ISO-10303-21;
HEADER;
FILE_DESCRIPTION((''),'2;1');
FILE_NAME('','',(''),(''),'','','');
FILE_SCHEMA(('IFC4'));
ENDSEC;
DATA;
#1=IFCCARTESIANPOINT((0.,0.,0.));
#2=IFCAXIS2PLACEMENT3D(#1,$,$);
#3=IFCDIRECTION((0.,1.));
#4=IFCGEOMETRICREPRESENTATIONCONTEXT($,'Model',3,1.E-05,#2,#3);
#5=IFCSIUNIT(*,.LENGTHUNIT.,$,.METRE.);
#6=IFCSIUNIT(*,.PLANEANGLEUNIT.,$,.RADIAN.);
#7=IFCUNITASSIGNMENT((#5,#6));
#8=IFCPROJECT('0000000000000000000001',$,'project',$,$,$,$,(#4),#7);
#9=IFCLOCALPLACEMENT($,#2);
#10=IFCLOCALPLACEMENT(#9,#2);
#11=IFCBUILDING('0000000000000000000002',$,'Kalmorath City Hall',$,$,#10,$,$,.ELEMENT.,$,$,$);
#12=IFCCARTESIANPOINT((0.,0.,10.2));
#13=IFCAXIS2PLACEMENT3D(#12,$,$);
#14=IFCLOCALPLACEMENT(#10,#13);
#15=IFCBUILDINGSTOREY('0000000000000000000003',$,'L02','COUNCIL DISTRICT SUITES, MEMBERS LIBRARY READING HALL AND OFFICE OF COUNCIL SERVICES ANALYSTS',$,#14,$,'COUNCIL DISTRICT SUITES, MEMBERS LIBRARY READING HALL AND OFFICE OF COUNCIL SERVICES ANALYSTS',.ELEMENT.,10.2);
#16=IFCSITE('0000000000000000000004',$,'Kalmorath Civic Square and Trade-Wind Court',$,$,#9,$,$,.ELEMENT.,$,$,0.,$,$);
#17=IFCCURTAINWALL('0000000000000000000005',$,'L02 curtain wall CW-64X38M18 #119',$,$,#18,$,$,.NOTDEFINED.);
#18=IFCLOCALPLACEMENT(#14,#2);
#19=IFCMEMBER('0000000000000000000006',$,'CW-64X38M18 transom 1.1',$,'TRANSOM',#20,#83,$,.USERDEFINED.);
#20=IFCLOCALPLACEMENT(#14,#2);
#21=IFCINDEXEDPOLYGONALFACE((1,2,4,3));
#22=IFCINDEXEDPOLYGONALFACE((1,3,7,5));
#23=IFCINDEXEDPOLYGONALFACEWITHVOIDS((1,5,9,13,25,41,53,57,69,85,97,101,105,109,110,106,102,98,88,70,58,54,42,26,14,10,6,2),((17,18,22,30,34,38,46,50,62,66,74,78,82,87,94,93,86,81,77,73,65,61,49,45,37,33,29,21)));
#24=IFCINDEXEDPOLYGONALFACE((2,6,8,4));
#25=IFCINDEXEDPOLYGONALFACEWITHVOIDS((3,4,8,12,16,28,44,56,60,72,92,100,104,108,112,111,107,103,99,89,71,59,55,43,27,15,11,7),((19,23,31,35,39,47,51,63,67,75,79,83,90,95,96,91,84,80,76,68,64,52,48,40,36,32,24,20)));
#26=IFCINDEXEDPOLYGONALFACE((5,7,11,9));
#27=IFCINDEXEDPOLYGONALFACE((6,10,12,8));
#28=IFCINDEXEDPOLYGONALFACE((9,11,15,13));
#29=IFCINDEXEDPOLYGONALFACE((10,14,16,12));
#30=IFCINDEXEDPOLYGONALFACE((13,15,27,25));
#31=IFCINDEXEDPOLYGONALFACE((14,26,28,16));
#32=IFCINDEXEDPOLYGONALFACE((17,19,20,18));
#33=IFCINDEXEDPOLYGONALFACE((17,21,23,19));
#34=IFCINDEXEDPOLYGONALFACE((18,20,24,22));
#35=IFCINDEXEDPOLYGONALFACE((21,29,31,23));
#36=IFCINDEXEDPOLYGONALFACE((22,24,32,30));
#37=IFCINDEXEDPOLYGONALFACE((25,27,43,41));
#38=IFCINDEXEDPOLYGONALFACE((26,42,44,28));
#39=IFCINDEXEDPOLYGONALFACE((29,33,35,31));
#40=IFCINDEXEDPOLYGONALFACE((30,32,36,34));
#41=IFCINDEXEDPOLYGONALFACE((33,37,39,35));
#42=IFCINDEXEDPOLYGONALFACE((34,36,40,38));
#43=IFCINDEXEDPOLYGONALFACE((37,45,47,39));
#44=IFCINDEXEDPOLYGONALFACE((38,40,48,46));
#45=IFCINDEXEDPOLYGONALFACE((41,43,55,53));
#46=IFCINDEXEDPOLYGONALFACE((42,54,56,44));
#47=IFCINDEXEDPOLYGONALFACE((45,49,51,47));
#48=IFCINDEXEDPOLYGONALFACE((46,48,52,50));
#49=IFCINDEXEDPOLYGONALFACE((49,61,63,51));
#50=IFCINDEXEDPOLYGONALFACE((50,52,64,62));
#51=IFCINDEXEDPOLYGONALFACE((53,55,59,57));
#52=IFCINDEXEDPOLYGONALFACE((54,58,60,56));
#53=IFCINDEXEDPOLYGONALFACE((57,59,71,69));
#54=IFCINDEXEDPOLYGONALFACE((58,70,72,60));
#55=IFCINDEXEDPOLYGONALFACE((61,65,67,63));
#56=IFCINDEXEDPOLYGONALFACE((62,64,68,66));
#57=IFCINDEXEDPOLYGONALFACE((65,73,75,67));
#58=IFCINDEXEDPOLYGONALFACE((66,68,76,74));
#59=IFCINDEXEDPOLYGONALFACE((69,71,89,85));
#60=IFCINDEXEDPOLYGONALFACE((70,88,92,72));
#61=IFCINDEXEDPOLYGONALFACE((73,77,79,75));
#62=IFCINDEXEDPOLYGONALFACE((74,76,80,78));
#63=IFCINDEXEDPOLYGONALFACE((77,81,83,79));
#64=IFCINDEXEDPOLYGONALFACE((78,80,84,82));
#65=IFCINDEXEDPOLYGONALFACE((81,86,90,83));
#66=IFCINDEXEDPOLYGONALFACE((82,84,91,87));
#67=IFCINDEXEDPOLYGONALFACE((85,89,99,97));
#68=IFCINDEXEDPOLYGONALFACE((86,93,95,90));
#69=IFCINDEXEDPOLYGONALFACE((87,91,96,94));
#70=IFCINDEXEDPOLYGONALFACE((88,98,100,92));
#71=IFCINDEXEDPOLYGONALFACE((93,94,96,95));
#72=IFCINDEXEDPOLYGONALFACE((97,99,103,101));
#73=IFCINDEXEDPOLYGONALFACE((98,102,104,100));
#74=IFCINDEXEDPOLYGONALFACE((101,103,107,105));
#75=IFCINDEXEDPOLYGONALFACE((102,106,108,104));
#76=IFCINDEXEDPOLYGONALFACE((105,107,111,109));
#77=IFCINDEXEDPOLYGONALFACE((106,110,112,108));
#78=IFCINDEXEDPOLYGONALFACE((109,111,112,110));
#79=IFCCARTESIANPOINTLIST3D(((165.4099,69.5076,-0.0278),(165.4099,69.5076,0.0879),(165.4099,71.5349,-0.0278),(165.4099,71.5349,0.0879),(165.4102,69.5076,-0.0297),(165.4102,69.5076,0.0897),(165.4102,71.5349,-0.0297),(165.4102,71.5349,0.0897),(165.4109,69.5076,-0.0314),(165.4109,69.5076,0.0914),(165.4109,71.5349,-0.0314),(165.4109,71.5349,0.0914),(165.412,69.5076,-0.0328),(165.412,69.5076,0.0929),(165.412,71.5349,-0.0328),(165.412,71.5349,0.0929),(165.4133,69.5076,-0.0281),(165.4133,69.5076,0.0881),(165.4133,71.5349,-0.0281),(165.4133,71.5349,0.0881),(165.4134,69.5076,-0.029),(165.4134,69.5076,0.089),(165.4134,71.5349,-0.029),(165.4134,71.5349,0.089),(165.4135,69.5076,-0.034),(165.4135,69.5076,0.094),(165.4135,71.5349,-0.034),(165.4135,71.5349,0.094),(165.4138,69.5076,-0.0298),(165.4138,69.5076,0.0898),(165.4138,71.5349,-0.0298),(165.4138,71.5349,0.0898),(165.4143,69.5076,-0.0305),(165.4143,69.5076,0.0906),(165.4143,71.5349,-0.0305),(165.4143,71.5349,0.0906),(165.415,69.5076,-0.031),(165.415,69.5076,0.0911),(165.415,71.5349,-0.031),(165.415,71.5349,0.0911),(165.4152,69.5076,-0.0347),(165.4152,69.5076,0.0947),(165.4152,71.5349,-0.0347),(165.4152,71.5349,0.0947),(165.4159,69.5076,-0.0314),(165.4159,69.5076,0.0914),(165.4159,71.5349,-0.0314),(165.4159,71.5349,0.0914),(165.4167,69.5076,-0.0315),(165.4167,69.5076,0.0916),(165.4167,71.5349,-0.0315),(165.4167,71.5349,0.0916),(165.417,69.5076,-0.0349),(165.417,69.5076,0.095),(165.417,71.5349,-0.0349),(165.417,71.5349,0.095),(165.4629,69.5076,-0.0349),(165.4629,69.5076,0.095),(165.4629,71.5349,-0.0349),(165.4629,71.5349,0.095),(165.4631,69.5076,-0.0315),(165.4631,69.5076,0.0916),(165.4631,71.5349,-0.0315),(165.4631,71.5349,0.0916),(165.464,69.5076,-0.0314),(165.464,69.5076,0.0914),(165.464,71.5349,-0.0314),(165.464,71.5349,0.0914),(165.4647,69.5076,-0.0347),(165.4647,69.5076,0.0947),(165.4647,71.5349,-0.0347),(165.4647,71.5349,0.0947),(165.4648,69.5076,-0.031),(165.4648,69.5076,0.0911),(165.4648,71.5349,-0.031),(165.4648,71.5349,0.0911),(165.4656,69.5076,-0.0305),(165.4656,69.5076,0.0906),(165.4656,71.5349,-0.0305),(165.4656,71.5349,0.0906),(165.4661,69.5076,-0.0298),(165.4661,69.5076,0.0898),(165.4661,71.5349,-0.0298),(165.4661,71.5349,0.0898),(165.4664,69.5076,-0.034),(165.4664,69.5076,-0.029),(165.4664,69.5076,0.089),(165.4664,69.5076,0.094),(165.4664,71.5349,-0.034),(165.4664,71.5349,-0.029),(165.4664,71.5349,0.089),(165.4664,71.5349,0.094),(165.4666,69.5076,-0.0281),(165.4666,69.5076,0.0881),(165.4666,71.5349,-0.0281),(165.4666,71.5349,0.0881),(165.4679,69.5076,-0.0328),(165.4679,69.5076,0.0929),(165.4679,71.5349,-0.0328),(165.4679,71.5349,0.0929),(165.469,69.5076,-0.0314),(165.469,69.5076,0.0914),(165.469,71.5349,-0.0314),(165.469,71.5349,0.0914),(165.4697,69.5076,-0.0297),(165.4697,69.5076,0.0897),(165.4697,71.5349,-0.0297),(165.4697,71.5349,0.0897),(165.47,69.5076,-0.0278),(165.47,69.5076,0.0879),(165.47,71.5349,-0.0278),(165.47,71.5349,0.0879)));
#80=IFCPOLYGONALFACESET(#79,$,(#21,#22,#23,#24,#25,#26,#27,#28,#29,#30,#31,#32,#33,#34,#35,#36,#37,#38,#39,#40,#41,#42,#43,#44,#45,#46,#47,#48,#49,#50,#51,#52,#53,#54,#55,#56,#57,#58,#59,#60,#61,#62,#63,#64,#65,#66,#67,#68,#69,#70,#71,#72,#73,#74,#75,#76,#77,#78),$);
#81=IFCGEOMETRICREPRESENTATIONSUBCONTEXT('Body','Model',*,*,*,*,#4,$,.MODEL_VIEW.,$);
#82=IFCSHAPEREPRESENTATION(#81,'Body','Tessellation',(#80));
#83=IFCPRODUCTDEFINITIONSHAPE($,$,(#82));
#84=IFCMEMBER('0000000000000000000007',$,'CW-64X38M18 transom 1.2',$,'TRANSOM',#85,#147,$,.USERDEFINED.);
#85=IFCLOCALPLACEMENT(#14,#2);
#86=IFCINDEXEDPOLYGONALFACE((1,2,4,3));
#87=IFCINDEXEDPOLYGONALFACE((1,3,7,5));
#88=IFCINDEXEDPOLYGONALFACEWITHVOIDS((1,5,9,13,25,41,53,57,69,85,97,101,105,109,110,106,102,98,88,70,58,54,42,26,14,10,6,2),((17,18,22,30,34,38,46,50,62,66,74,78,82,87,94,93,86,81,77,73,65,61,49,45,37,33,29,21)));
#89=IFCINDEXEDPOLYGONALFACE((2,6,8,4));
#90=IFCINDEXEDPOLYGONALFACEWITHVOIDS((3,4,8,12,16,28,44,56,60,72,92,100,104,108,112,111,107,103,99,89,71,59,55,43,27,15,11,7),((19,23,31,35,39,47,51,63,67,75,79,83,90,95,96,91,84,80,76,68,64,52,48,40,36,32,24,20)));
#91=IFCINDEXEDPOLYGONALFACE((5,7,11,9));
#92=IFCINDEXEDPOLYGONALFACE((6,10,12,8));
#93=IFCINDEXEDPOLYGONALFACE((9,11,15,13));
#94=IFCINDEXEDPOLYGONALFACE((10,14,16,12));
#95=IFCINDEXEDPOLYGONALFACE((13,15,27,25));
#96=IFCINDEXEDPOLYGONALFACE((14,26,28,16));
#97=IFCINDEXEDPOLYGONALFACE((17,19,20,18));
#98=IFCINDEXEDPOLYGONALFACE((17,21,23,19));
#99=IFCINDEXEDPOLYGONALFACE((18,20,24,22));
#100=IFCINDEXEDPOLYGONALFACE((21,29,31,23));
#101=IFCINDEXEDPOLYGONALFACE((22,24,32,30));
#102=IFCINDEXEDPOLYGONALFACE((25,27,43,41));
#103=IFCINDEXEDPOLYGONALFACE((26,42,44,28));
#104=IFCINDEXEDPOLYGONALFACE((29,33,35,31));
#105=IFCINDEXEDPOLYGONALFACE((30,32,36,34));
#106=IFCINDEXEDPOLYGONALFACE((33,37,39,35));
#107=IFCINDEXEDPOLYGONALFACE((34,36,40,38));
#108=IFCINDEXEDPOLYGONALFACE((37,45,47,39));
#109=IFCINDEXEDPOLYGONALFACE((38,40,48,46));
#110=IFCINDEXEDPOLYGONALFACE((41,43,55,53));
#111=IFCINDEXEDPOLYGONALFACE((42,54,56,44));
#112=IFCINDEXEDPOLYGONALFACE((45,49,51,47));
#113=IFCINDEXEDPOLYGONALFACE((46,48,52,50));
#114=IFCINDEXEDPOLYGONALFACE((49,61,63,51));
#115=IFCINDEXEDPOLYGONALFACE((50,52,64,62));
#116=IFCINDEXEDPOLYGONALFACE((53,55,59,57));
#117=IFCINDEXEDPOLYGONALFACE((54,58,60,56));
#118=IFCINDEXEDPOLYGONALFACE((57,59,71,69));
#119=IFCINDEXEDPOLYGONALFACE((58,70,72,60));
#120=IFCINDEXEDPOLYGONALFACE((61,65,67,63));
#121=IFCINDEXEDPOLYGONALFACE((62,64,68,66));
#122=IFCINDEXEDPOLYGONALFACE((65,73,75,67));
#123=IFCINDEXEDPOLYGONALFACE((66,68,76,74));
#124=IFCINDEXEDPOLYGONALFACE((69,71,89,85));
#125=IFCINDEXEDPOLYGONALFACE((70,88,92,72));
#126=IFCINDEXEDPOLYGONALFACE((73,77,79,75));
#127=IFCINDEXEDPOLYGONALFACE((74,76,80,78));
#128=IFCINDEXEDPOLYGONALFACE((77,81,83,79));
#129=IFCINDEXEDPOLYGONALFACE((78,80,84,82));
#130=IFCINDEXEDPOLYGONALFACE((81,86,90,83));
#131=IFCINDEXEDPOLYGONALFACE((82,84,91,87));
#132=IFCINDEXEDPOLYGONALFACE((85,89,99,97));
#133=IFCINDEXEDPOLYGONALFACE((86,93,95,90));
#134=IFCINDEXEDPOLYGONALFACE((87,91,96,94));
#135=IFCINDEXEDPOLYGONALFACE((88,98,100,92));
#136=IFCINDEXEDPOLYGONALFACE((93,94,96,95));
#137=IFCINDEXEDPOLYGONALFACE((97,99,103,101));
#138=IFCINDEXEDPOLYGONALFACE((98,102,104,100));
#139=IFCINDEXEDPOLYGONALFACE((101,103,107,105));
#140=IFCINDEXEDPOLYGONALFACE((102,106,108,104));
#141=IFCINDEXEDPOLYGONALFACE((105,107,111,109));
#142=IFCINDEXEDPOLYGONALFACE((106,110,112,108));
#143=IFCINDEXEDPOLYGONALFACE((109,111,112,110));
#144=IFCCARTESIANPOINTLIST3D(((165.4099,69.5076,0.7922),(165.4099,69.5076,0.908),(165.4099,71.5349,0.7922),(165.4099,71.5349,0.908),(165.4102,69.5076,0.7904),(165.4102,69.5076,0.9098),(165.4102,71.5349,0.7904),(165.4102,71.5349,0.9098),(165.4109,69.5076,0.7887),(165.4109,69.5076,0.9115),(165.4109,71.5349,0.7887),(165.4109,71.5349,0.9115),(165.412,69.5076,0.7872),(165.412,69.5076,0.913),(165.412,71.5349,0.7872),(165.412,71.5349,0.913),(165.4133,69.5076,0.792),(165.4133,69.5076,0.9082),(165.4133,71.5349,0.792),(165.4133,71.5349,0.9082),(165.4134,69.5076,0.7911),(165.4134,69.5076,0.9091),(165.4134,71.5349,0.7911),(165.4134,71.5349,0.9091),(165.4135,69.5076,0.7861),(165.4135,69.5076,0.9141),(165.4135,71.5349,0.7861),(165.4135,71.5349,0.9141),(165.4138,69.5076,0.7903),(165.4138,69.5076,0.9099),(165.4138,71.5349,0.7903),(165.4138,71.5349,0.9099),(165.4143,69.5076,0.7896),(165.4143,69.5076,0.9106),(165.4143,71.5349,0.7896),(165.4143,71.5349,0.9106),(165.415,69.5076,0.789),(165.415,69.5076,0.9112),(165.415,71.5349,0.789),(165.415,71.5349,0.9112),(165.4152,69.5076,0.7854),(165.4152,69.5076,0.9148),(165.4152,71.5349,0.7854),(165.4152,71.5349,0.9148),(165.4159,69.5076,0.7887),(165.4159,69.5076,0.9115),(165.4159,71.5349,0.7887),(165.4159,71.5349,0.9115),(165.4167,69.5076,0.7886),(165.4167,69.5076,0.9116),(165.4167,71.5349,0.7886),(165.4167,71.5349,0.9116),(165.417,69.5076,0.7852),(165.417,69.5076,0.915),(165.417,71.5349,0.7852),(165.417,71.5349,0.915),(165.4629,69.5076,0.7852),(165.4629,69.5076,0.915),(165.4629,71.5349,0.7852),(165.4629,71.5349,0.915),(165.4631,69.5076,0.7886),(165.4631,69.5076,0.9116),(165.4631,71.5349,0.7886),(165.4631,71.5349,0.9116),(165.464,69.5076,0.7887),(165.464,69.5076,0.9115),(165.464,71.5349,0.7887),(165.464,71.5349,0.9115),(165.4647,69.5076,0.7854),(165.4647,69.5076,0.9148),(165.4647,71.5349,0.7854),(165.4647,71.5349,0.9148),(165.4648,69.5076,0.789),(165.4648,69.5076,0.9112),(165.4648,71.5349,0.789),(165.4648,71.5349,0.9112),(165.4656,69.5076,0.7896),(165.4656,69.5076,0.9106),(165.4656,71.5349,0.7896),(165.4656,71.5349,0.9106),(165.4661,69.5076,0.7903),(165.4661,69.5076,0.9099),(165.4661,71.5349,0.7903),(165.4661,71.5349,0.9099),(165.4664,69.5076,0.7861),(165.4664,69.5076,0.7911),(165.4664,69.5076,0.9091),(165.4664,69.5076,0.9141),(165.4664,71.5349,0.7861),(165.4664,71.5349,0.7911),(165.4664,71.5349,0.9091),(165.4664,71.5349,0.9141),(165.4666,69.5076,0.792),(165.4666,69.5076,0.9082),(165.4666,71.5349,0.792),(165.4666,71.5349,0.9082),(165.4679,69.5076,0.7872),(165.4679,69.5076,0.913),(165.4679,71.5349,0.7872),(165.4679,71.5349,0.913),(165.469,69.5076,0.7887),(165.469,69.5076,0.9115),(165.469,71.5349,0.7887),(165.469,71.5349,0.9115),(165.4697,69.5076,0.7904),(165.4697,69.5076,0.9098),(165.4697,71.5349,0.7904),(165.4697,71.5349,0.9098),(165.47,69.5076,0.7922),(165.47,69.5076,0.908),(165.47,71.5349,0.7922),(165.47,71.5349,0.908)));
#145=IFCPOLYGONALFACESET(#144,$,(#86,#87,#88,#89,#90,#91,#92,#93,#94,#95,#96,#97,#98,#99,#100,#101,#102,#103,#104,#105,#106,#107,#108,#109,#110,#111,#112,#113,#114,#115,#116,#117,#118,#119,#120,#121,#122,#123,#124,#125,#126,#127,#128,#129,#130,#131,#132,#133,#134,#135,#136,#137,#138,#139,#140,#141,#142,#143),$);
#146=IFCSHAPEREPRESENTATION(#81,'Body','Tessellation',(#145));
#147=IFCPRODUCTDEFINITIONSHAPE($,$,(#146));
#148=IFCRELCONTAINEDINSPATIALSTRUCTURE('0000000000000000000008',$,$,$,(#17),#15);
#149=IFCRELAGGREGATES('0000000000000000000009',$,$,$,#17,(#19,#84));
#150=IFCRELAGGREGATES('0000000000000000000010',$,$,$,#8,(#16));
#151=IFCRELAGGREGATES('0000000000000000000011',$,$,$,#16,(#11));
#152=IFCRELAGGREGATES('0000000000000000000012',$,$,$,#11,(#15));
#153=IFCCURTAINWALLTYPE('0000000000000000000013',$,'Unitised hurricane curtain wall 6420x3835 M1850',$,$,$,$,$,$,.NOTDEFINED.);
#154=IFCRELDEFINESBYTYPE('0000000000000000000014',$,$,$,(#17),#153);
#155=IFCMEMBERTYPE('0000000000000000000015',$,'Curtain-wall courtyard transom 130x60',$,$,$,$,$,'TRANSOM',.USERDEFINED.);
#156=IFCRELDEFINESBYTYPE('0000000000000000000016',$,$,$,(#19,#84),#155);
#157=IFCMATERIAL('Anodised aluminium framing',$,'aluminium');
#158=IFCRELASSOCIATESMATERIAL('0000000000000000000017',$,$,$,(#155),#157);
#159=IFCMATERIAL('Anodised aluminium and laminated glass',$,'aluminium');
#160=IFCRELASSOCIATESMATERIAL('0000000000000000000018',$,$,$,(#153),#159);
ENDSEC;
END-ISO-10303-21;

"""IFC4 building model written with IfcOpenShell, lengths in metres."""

from ifc_helpers import new_model, si_unit, direction, frame, origin, origin_2d, place, context, subcontext, project, spatial, hollow_rectangle, extrude, material, material_profile, profile_set, type_object, element, aggregate, save


model = new_model("IFC4")

# Units and contexts
model_context = context("Model", 3, precision=1e-05, world=origin(), true_north=direction((0.0, 1.0)))
body_context = subcontext(model_context, "Body", "Model", "MODEL_VIEW")
ifc_project = project(units=[si_unit("LENGTHUNIT", "METRE"), si_unit("PLANEANGLEUNIT", "RADIAN")], contexts=[model_context])

# Site, building, storey
site_placement = place(None, origin())
site = spatial("IfcSite", under=ifc_project, at=site_placement, Name="Kalmorath Civic Square and Trade-Wind Court", CompositionType="ELEMENT", RefElevation=0.0)
building_placement = place(site_placement, origin())
building = spatial("IfcBuilding", under=site, at=building_placement, Name="Kalmorath City Hall", CompositionType="ELEMENT")
storey_placement = place(building_placement, frame((0.0, 0.0, 10.2)))
storey = spatial("IfcBuildingStorey", under=building, at=storey_placement, Name="L02", Description="COUNCIL DISTRICT SUITES, MEMBERS LIBRARY READING HALL AND OFFICE OF COUNCIL SERVICES ANALYSTS", LongName="COUNCIL DISTRICT SUITES, MEMBERS LIBRARY READING HALL AND OFFICE OF COUNCIL SERVICES ANALYSTS", CompositionType="ELEMENT", Elevation=10.2)

# Curtain wall, members
ifc_material_1 = material(Name="Anodised aluminium framing", Category="aluminium")
ifc_material_profile_1 = material_profile(ifc_material_1, hollow_rectangle(XDim=0.0601, YDim=0.1299, WallThickness=0.0034, InnerFilletRadius=0.0034, OuterFilletRadius=0.0071, at=origin_2d()), Name="ALU-TRN-130X60X3.5")
ifc_profile_set_1 = profile_set([ifc_material_profile_1], Name="Anodised aluminium framing")
member_type_1 = type_object("IfcMemberType", Name="Curtain-wall courtyard transom 130x60", ElementType="TRANSOM", PredefinedType="USERDEFINED", material=ifc_profile_set_1)
ifc_material_2 = material(Name="Anodised aluminium and laminated glass", Category="aluminium")
curtain_wall_type_1 = type_object("IfcCurtainWallType", Name="Unitised hurricane curtain wall 6420x3835 M1850", PredefinedType="NOTDEFINED", material=ifc_material_2)
curtain_wall_1_placement = place(storey_placement, origin())
curtain_wall_1 = element("IfcCurtainWall", 1, at=curtain_wall_1_placement, inside=storey, type_object=curtain_wall_type_1, Name="L02 curtain wall CW-64X38M18 #119", PredefinedType="NOTDEFINED")
member_1_placement = place(storey_placement, frame((165.4399, 71.5349, 0.03), z_axis=(0.0, -1.0, 0.0), x_axis=(1.0, 0.0, 0.0)))
member_1 = element("IfcMember", 2, at=member_1_placement, type_object=member_type_1, Name="CW-64X38M18 transom 1.1", ObjectType="TRANSOM", PredefinedType="USERDEFINED", context=body_context, shape_type="SweptSolid", body=[
    extrude(hollow_rectangle(XDim=0.0601, YDim=0.1299, WallThickness=0.0034, InnerFilletRadius=0.0034, OuterFilletRadius=0.0071, at=origin_2d()), origin(), (0.0, 0.0, 1.0), 2.0273),
])
member_2_placement = place(storey_placement, frame((165.4399, 71.5349, 0.8501), z_axis=(0.0, -1.0, 0.0), x_axis=(1.0, 0.0, 0.0)))
member_2 = element("IfcMember", 3, at=member_2_placement, type_object=member_type_1, Name="CW-64X38M18 transom 1.2", ObjectType="TRANSOM", PredefinedType="USERDEFINED", context=body_context, shape_type="SweptSolid", body=[
    extrude(hollow_rectangle(XDim=0.0601, YDim=0.1299, WallThickness=0.0034, InnerFilletRadius=0.0034, OuterFilletRadius=0.0071, at=origin_2d()), origin(), (0.0, 0.0, 1.0), 2.0273),
])

aggregate(curtain_wall_1, [member_1, member_2])

save(model, "model.ifc")
